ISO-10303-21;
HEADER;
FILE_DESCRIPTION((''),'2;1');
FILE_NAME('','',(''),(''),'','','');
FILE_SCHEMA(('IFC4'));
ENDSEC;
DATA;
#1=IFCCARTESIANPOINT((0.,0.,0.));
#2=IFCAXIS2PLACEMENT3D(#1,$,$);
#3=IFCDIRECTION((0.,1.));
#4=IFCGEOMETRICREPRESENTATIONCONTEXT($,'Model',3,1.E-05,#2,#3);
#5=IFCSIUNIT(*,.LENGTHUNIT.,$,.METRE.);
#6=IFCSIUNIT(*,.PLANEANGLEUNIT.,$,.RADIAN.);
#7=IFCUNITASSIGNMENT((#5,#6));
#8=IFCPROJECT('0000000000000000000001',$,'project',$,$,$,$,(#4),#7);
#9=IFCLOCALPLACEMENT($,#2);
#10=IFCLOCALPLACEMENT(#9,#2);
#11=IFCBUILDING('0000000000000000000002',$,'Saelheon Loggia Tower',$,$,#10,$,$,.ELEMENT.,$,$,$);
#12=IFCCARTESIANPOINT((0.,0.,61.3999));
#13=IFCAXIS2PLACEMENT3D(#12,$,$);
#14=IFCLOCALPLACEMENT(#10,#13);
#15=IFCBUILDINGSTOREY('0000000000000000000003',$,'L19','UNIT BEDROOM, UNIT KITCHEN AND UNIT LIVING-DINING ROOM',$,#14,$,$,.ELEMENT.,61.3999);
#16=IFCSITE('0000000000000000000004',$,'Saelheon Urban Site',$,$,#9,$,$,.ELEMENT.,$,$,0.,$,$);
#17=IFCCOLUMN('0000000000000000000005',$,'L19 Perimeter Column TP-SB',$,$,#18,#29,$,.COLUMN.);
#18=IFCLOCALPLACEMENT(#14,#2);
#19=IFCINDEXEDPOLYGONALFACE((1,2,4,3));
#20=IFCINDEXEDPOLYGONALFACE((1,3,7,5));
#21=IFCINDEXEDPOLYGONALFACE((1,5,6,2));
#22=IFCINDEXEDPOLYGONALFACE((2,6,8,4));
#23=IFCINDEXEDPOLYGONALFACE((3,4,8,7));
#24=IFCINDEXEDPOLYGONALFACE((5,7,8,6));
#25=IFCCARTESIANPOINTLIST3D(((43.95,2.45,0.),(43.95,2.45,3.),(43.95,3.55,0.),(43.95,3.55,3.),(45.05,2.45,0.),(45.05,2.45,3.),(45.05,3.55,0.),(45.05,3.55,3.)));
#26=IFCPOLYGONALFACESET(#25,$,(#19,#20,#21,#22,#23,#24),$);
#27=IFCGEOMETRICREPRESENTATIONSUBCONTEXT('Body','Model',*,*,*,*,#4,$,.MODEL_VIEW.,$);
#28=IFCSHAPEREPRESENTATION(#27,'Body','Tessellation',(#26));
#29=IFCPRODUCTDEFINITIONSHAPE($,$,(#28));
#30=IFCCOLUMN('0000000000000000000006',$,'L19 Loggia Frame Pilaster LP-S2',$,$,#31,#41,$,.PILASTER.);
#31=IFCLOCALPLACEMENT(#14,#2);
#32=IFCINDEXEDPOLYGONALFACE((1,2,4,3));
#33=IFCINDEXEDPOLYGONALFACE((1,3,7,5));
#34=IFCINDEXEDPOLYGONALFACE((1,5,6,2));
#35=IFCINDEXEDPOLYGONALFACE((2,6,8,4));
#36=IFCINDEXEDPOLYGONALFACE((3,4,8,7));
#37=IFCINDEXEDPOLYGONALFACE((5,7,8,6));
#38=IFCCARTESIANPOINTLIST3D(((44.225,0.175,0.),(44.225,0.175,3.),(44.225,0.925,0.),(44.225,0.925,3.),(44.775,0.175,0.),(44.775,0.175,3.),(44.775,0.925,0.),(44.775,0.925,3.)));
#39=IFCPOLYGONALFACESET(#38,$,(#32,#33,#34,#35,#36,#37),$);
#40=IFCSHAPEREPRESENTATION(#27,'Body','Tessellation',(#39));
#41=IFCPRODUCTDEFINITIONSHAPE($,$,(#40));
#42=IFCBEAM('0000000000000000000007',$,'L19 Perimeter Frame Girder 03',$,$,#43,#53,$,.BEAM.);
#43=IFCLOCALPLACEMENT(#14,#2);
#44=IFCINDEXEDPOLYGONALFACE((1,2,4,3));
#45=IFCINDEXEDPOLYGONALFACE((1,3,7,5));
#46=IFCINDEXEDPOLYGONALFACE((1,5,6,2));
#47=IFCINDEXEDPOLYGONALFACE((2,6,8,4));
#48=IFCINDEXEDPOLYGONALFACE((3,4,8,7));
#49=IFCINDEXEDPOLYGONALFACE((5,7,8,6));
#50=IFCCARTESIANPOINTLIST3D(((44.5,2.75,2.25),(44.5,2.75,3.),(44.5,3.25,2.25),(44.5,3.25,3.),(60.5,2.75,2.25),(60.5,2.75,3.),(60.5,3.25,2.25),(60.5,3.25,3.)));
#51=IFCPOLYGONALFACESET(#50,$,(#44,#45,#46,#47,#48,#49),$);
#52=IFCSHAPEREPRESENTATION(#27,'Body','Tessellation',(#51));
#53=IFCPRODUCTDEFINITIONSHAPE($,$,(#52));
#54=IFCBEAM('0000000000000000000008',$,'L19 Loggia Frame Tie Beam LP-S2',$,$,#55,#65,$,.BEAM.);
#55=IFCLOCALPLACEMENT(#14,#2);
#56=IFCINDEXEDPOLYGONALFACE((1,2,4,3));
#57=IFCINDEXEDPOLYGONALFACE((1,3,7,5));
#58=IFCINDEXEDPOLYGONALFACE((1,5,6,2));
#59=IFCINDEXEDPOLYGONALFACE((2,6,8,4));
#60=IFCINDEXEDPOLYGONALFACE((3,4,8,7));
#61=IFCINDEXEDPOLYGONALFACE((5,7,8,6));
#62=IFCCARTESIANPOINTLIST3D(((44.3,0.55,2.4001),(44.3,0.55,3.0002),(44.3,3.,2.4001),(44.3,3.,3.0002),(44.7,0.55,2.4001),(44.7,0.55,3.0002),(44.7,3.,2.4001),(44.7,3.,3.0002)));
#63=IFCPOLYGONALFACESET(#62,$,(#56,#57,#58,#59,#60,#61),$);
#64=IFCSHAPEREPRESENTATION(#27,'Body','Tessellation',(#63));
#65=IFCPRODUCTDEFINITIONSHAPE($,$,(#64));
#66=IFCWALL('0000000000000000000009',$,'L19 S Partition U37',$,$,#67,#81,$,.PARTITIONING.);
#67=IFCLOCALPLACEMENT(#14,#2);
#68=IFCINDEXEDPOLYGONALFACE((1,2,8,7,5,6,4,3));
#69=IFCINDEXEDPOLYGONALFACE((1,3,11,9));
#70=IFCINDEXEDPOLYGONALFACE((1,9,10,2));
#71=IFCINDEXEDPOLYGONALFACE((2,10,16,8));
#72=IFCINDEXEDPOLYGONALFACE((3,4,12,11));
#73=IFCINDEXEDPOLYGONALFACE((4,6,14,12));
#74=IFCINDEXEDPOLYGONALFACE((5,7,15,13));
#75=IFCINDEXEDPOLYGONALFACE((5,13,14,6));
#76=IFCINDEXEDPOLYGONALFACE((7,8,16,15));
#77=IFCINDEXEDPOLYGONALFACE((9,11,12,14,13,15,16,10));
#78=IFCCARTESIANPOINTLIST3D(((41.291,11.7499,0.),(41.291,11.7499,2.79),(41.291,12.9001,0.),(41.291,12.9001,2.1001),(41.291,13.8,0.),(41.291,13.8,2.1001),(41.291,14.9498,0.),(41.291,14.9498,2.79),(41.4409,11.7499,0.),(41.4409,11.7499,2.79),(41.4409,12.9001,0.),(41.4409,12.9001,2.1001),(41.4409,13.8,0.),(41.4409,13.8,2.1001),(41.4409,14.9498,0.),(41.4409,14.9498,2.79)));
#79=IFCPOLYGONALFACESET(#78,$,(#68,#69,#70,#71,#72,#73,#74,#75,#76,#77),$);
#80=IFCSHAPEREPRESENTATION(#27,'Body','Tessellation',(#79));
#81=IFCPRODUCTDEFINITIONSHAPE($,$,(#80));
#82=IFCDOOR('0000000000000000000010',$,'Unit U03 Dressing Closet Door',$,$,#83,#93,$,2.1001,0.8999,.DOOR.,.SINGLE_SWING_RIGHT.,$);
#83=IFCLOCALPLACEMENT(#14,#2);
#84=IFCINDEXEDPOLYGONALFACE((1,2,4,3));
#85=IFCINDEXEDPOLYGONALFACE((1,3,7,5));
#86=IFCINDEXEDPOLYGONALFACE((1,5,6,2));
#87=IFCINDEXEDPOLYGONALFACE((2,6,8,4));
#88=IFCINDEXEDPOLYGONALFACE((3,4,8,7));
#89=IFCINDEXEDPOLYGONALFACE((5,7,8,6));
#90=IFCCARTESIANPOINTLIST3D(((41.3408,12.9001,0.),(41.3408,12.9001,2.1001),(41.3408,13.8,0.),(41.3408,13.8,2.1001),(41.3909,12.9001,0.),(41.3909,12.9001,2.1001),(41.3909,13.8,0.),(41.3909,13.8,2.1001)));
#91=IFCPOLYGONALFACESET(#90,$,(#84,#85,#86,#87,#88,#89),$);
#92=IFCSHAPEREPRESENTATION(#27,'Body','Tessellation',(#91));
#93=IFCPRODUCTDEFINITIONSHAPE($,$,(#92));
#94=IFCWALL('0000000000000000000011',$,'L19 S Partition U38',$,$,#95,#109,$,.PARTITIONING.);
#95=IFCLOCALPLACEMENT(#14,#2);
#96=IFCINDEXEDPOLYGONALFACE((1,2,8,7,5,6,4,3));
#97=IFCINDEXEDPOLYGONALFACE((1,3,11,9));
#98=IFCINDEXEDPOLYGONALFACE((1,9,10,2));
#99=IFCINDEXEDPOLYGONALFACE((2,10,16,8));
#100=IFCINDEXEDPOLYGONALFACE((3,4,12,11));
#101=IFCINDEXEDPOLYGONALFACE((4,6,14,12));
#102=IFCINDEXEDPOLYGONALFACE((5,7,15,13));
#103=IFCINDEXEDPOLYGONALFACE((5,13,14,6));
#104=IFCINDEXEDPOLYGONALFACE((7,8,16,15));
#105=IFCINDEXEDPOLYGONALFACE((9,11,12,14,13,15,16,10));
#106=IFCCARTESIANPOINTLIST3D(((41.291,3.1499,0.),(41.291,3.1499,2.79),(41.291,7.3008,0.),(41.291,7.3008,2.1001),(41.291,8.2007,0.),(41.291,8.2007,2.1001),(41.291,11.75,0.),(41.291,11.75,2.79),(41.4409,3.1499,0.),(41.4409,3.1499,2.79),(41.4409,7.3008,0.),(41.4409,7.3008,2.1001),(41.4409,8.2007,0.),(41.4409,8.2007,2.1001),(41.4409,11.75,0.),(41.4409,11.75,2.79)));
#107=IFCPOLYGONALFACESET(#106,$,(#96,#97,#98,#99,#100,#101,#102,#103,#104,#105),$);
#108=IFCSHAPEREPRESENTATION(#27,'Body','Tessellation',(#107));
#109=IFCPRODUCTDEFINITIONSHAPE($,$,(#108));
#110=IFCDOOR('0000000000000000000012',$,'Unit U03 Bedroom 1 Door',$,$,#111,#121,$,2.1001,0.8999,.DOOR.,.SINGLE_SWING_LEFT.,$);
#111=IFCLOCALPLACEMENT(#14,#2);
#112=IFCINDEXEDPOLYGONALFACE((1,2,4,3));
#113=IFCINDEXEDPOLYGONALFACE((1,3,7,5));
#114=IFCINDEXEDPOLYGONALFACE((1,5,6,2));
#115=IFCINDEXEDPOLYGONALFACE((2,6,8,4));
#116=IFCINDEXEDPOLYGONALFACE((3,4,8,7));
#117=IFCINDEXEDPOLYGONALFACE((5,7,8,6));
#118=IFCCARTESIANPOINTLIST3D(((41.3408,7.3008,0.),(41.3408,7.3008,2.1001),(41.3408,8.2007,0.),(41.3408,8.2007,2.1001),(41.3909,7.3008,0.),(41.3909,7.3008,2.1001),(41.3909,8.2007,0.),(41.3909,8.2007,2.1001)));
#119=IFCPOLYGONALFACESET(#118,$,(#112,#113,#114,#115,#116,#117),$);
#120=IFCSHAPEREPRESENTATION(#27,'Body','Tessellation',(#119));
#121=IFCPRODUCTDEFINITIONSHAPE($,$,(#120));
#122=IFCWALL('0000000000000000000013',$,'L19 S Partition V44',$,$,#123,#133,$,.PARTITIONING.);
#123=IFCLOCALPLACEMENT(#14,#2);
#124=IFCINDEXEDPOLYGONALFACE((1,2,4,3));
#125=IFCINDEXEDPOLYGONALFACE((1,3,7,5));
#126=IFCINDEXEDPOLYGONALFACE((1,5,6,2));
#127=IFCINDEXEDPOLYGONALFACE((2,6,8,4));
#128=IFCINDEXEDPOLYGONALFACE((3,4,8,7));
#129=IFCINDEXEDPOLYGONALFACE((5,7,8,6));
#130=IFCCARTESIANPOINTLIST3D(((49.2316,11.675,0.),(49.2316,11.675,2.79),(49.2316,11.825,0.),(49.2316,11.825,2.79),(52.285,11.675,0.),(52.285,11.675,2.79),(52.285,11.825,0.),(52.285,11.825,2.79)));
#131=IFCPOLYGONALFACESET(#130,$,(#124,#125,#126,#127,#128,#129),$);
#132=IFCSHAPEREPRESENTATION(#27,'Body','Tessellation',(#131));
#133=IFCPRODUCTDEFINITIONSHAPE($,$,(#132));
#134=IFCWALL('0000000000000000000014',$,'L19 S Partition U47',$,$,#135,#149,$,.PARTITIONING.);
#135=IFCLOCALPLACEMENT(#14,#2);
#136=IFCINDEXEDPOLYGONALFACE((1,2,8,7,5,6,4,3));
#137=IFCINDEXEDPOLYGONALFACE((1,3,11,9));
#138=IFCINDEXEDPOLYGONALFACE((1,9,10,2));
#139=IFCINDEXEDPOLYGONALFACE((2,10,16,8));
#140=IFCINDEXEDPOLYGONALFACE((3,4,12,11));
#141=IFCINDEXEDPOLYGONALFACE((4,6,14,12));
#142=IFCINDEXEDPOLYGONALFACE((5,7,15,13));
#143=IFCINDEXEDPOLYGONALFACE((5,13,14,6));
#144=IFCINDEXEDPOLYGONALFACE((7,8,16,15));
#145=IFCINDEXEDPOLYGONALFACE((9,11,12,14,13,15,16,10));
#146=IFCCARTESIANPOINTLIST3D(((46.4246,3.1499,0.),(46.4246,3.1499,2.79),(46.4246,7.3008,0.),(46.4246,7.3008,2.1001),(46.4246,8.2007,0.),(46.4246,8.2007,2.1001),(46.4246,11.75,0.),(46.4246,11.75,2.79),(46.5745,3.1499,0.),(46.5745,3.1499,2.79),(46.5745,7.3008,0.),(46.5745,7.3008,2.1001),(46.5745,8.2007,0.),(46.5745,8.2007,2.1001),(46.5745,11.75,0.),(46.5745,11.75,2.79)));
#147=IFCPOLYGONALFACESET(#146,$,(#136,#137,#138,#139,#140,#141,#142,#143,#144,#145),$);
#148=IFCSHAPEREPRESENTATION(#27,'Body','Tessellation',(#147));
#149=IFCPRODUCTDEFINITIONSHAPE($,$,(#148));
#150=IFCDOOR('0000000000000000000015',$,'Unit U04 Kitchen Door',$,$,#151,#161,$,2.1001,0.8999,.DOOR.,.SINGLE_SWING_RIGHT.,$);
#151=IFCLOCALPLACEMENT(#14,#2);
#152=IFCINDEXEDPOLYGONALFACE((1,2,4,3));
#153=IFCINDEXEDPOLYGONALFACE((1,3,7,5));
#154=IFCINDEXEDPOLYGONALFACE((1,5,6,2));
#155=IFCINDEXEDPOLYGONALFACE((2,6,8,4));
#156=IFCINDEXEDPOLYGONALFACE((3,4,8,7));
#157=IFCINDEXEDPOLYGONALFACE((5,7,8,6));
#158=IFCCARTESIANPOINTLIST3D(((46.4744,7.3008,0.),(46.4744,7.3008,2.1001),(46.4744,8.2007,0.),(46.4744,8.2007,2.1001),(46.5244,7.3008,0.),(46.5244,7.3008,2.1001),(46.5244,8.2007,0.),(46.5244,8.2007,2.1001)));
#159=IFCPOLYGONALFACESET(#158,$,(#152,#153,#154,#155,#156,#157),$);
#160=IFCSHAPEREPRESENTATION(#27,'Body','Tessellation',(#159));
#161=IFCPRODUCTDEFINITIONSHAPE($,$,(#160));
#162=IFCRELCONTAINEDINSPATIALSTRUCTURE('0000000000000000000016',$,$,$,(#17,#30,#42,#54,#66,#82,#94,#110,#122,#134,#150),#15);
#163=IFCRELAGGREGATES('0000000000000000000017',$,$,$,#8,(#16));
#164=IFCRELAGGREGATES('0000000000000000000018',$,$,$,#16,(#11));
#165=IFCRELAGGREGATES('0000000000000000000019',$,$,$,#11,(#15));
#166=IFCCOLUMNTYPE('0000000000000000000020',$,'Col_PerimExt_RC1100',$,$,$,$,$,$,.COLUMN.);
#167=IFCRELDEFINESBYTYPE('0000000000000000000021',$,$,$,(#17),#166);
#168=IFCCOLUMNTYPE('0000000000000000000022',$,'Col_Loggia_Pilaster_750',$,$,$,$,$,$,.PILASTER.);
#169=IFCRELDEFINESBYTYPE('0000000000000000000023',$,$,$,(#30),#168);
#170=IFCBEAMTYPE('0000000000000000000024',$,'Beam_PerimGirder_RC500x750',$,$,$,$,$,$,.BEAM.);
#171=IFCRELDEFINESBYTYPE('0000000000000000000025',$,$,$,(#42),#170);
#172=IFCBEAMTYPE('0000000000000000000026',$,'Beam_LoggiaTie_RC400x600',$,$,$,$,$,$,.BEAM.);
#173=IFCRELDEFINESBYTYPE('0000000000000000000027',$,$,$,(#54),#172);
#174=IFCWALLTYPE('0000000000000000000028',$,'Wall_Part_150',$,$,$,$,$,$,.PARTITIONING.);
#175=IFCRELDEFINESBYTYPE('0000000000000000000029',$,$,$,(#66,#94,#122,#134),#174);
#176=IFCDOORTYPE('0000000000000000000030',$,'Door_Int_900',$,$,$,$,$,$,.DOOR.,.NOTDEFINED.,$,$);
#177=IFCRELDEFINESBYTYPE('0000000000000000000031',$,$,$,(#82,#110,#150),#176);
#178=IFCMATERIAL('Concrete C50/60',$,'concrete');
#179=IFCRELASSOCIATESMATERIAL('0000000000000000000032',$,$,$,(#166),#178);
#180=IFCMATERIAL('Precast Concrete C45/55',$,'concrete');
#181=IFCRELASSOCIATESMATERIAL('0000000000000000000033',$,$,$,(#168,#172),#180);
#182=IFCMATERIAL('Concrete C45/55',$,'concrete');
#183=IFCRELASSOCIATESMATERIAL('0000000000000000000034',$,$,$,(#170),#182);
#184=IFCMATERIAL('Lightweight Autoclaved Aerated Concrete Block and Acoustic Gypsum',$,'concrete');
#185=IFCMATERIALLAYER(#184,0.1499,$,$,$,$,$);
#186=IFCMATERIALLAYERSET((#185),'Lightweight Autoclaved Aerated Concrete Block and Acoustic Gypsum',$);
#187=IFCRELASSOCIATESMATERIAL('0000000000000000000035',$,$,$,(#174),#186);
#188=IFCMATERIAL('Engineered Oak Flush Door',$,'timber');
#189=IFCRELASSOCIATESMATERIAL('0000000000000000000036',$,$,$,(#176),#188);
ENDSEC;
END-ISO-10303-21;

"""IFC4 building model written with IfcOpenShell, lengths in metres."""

from ifc_helpers import new_model, si_unit, direction, frame, frame_2d, origin, origin_2d, place, context, subcontext, project, spatial, rectangle, extrude, source, transform, mapped, material, layer, layer_set, material_profile, profile_set, type_object, element, fill, save


model = new_model("IFC4")

# Units and contexts
model_context = context("Model", 3, precision=1e-05, world=origin(), true_north=direction((0.0, 1.0)))
body_context = subcontext(model_context, "Body", "Model", "MODEL_VIEW")
ifc_project = project(units=[si_unit("LENGTHUNIT", "METRE"), si_unit("PLANEANGLEUNIT", "RADIAN")], contexts=[model_context])

# Site, building, storey
site_placement = place(None, origin())
site = spatial("IfcSite", under=ifc_project, at=site_placement, Name="Saelheon Urban Site", CompositionType="ELEMENT", RefElevation=0.0)
building_placement = place(site_placement, origin())
building = spatial("IfcBuilding", under=site, at=building_placement, Name="Saelheon Loggia Tower", CompositionType="ELEMENT")
storey_placement = place(building_placement, frame((0.0, 0.0, 61.3999)))
storey = spatial("IfcBuildingStorey", under=building, at=storey_placement, Name="L19", Description="UNIT BEDROOM, UNIT KITCHEN AND UNIT LIVING-DINING ROOM", CompositionType="ELEMENT", Elevation=61.3999)

# Columns
ifc_material_1 = material(Name="Concrete C50/60", Category="concrete")
ifc_material_profile_1 = material_profile(ifc_material_1, rectangle(XDim=1.1001, YDim=1.1001, at=origin_2d()), Name="RC-1100x1100")
ifc_profile_set_1 = profile_set([ifc_material_profile_1], Name="Concrete C50/60")
column_type_1 = type_object("IfcColumnType", Name="Col_PerimExt_RC1100", PredefinedType="COLUMN", material=ifc_profile_set_1)
shared_shape_1 = source(origin(), body_context, "Body", "SweptSolid", [
    extrude(rectangle(XDim=1.1001, YDim=1.1001, at=origin_2d()), origin(), (0.0, 0.0, 1.0), 3.0),
])
column_1_placement = place(storey_placement, frame((44.5, 3.0, 0.0), z_axis=(0.0, 0.0, 1.0), x_axis=(1.0, 0.0, 0.0)))
element("IfcColumn", 1, at=column_1_placement, inside=storey, type_object=column_type_1, Name="L19 Perimeter Column TP-SB", PredefinedType="COLUMN", context=body_context, shape_type="MappedRepresentation", body=[
    mapped(shared_shape_1, transform((0.0, 0.0, 0.0), scale=1.0)),
])
ifc_material_2 = material(Name="Precast Concrete C45/55", Category="concrete")
ifc_material_profile_2 = material_profile(ifc_material_2, rectangle(XDim=0.55, YDim=0.75, at=origin_2d()), Name="RC-550x750")
ifc_profile_set_2 = profile_set([ifc_material_profile_2], Name="Precast Concrete C45/55")
column_type_2 = type_object("IfcColumnType", Name="Col_Loggia_Pilaster_750", PredefinedType="PILASTER", material=ifc_profile_set_2)
shared_shape_2 = source(origin(), body_context, "Body", "SweptSolid", [
    extrude(rectangle(XDim=0.55, YDim=0.75, at=origin_2d()), origin(), (0.0, 0.0, 1.0), 3.0),
])
column_2_placement = place(storey_placement, frame((44.5, 0.55, 0.0), z_axis=(0.0, 0.0, 1.0), x_axis=(1.0, 0.0, 0.0)))
element("IfcColumn", 2, at=column_2_placement, inside=storey, type_object=column_type_2, Name="L19 Loggia Frame Pilaster LP-S2", PredefinedType="PILASTER", context=body_context, shape_type="MappedRepresentation", body=[
    mapped(shared_shape_2, transform((0.0, 0.0, 0.0), scale=1.0)),
])

# Beams
ifc_material_3 = material(Name="Concrete C45/55", Category="concrete")
ifc_material_profile_3 = material_profile(ifc_material_3, rectangle(XDim=0.5, YDim=0.75, at=origin_2d()), Name="RC-500x750")
ifc_profile_set_3 = profile_set([ifc_material_profile_3], Name="Concrete C45/55")
beam_type_1 = type_object("IfcBeamType", Name="Beam_PerimGirder_RC500x750", PredefinedType="BEAM", material=ifc_profile_set_3)
shared_shape_3 = source(origin(), body_context, "Body", "SweptSolid", [
    extrude(rectangle(XDim=0.5, YDim=0.75, at=origin_2d()), origin(), (0.0, 0.0, 1.0), 16.0),
])
beam_1_placement = place(storey_placement, frame((44.5, 3.0, 2.625), z_axis=(1.0, 0.0, 0.0), x_axis=(0.0, 1.0, 0.0)))
element("IfcBeam", 3, at=beam_1_placement, inside=storey, type_object=beam_type_1, Name="L19 Perimeter Frame Girder 03", PredefinedType="BEAM", context=body_context, shape_type="MappedRepresentation", body=[
    mapped(shared_shape_3, transform((0.0, 0.0, 0.0), scale=1.0)),
])
ifc_material_profile_4 = material_profile(ifc_material_2, rectangle(XDim=0.3999, YDim=0.6001, at=origin_2d()), Name="RC-400x600")
ifc_profile_set_4 = profile_set([ifc_material_profile_4], Name="Precast Concrete C45/55")
beam_type_2 = type_object("IfcBeamType", Name="Beam_LoggiaTie_RC400x600", PredefinedType="BEAM", material=ifc_profile_set_4)
shared_shape_4 = source(origin(), body_context, "Body", "SweptSolid", [
    extrude(rectangle(XDim=0.3999, YDim=0.6001, at=origin_2d()), origin(), (0.0, 0.0, 1.0), 2.45),
])
beam_2_placement = place(storey_placement, frame((44.5, 3.0, 2.7002), z_axis=(0.0, -1.0, 0.0), x_axis=(1.0, 0.0, 0.0)))
element("IfcBeam", 4, at=beam_2_placement, inside=storey, type_object=beam_type_2, Name="L19 Loggia Frame Tie Beam LP-S2", PredefinedType="BEAM", context=body_context, shape_type="MappedRepresentation", body=[
    mapped(shared_shape_4, transform((0.0, 0.0, 0.0), scale=1.0)),
])

# Walls, openings, doors
ifc_material_4 = material(Name="Lightweight Autoclaved Aerated Concrete Block and Acoustic Gypsum", Category="concrete")
ifc_layer_1 = layer(ifc_material_4, 0.1499)
ifc_layer_set_1 = layer_set([ifc_layer_1], Name="Lightweight Autoclaved Aerated Concrete Block and Acoustic Gypsum")
wall_type_1 = type_object("IfcWallType", Name="Wall_Part_150", PredefinedType="PARTITIONING", material=ifc_layer_set_1)
wall_1_placement = place(storey_placement, frame((41.366, 14.95, 0.0), z_axis=(0.0, 0.0, 1.0), x_axis=(0.0, -1.0, 0.0)))
wall_1 = element("IfcWall", 5, at=wall_1_placement, inside=storey, type_object=wall_type_1, Name="L19 S Partition U37", PredefinedType="PARTITIONING", context=body_context, shape_type="SweptSolid", body=[
    extrude(rectangle(XDim=3.2, YDim=0.1499, at=frame_2d((1.6001, 0.0))), origin(), (0.0, 0.0, 1.0), 2.79),
])
opening_1_placement = place(wall_1_placement, frame((1.1499, 0.0, 0.0)))
opening_1 = element("IfcOpeningElement", 6, at=opening_1_placement, cuts=wall_1, PredefinedType="OPENING", context=body_context, shape_type="SweptSolid", body=[
    extrude(rectangle(XDim=0.8999, YDim=2.1001, at=frame_2d((0.45, 1.05))), frame((0.0, 0.0869, 0.0), z_axis=(0.0, -1.0, 0.0), x_axis=(1.0, 0.0, 0.0)), (0.0, 0.0, 1.0), 0.1738),
])
ifc_material_5 = material(Name="Engineered Oak Flush Door", Category="timber")
door_type = type_object("IfcDoorType", Name="Door_Int_900", OperationType="NOTDEFINED", PredefinedType="DOOR", material=ifc_material_5)
shared_shape_5 = source(origin(), body_context, "Body", "SweptSolid", [
    extrude(rectangle(XDim=0.8999, YDim=2.1001, at=frame_2d((0.45, 1.05))), frame((0.0, 0.0249, 0.0), z_axis=(0.0, -1.0, 0.0), x_axis=(1.0, 0.0, 0.0)), (0.0, 0.0, 1.0), 0.05),
])
door_1_placement = place(opening_1_placement, origin())
door_1 = element("IfcDoor", 7, at=door_1_placement, inside=storey, type_object=door_type, Name="Unit U03 Dressing Closet Door", OperationType="SINGLE_SWING_RIGHT", OverallHeight=2.1001, OverallWidth=0.8999, PredefinedType="DOOR", context=body_context, shape_type="MappedRepresentation", body=[
    mapped(shared_shape_5, transform((0.0, 0.0, 0.0), scale=1.0)),
])
fill(opening_1, door_1)
wall_2_placement = place(storey_placement, frame((41.366, 11.75, 0.0), z_axis=(0.0, 0.0, 1.0), x_axis=(0.0, -1.0, 0.0)))
wall_2 = element("IfcWall", 8, at=wall_2_placement, inside=storey, type_object=wall_type_1, Name="L19 S Partition U38", PredefinedType="PARTITIONING", context=body_context, shape_type="SweptSolid", body=[
    extrude(rectangle(XDim=8.6001, YDim=0.1499, at=frame_2d((4.3, 0.0))), origin(), (0.0, 0.0, 1.0), 2.79),
])
opening_2_placement = place(wall_2_placement, frame((3.5493, 0.0, 0.0)))
opening_2 = element("IfcOpeningElement", 9, at=opening_2_placement, cuts=wall_2, PredefinedType="OPENING", context=body_context, shape_type="SweptSolid", body=[
    extrude(rectangle(XDim=0.8999, YDim=2.1001, at=frame_2d((0.45, 1.05))), frame((0.0, 0.0869, 0.0), z_axis=(0.0, -1.0, 0.0), x_axis=(1.0, 0.0, 0.0)), (0.0, 0.0, 1.0), 0.1738),
])
door_2_placement = place(opening_2_placement, origin())
door_2 = element("IfcDoor", 10, at=door_2_placement, inside=storey, type_object=door_type, Name="Unit U03 Bedroom 1 Door", OperationType="SINGLE_SWING_LEFT", OverallHeight=2.1001, OverallWidth=0.8999, PredefinedType="DOOR", context=body_context, shape_type="MappedRepresentation", body=[
    mapped(shared_shape_5, transform((0.0, 0.0, 0.0), scale=1.0)),
])
fill(opening_2, door_2)

# Wall
wall_3_placement = place(storey_placement, frame((49.2314, 11.75, 0.0), z_axis=(0.0, 0.0, 1.0), x_axis=(1.0, 0.0, 0.0)))
element("IfcWall", 11, at=wall_3_placement, inside=storey, type_object=wall_type_1, Name="L19 S Partition V44", PredefinedType="PARTITIONING", context=body_context, shape_type="SweptSolid", body=[
    extrude(rectangle(XDim=3.0535, YDim=0.1499, at=frame_2d((1.5269, 0.0))), origin(), (0.0, 0.0, 1.0), 2.79),
])

# Wall, opening, door
wall_4_placement = place(storey_placement, frame((46.4995, 11.75, 0.0), z_axis=(0.0, 0.0, 1.0), x_axis=(0.0, -1.0, 0.0)))
wall_4 = element("IfcWall", 12, at=wall_4_placement, inside=storey, type_object=wall_type_1, Name="L19 S Partition U47", PredefinedType="PARTITIONING", context=body_context, shape_type="SweptSolid", body=[
    extrude(rectangle(XDim=8.6001, YDim=0.1499, at=frame_2d((4.3, 0.0))), origin(), (0.0, 0.0, 1.0), 2.79),
])
opening_3_placement = place(wall_4_placement, frame((3.5493, 0.0, 0.0)))
opening_3 = element("IfcOpeningElement", 13, at=opening_3_placement, cuts=wall_4, PredefinedType="OPENING", context=body_context, shape_type="SweptSolid", body=[
    extrude(rectangle(XDim=0.8999, YDim=2.1001, at=frame_2d((0.45, 1.05))), frame((0.0, 0.0869, 0.0), z_axis=(0.0, -1.0, 0.0), x_axis=(1.0, 0.0, 0.0)), (0.0, 0.0, 1.0), 0.1738),
])
door_3_placement = place(opening_3_placement, origin())
door_3 = element("IfcDoor", 14, at=door_3_placement, inside=storey, type_object=door_type, Name="Unit U04 Kitchen Door", OperationType="SINGLE_SWING_RIGHT", OverallHeight=2.1001, OverallWidth=0.8999, PredefinedType="DOOR", context=body_context, shape_type="MappedRepresentation", body=[
    mapped(shared_shape_5, transform((0.0, 0.0, 0.0), scale=1.0)),
])
fill(opening_3, door_3)

save(model, "model.ifc")
